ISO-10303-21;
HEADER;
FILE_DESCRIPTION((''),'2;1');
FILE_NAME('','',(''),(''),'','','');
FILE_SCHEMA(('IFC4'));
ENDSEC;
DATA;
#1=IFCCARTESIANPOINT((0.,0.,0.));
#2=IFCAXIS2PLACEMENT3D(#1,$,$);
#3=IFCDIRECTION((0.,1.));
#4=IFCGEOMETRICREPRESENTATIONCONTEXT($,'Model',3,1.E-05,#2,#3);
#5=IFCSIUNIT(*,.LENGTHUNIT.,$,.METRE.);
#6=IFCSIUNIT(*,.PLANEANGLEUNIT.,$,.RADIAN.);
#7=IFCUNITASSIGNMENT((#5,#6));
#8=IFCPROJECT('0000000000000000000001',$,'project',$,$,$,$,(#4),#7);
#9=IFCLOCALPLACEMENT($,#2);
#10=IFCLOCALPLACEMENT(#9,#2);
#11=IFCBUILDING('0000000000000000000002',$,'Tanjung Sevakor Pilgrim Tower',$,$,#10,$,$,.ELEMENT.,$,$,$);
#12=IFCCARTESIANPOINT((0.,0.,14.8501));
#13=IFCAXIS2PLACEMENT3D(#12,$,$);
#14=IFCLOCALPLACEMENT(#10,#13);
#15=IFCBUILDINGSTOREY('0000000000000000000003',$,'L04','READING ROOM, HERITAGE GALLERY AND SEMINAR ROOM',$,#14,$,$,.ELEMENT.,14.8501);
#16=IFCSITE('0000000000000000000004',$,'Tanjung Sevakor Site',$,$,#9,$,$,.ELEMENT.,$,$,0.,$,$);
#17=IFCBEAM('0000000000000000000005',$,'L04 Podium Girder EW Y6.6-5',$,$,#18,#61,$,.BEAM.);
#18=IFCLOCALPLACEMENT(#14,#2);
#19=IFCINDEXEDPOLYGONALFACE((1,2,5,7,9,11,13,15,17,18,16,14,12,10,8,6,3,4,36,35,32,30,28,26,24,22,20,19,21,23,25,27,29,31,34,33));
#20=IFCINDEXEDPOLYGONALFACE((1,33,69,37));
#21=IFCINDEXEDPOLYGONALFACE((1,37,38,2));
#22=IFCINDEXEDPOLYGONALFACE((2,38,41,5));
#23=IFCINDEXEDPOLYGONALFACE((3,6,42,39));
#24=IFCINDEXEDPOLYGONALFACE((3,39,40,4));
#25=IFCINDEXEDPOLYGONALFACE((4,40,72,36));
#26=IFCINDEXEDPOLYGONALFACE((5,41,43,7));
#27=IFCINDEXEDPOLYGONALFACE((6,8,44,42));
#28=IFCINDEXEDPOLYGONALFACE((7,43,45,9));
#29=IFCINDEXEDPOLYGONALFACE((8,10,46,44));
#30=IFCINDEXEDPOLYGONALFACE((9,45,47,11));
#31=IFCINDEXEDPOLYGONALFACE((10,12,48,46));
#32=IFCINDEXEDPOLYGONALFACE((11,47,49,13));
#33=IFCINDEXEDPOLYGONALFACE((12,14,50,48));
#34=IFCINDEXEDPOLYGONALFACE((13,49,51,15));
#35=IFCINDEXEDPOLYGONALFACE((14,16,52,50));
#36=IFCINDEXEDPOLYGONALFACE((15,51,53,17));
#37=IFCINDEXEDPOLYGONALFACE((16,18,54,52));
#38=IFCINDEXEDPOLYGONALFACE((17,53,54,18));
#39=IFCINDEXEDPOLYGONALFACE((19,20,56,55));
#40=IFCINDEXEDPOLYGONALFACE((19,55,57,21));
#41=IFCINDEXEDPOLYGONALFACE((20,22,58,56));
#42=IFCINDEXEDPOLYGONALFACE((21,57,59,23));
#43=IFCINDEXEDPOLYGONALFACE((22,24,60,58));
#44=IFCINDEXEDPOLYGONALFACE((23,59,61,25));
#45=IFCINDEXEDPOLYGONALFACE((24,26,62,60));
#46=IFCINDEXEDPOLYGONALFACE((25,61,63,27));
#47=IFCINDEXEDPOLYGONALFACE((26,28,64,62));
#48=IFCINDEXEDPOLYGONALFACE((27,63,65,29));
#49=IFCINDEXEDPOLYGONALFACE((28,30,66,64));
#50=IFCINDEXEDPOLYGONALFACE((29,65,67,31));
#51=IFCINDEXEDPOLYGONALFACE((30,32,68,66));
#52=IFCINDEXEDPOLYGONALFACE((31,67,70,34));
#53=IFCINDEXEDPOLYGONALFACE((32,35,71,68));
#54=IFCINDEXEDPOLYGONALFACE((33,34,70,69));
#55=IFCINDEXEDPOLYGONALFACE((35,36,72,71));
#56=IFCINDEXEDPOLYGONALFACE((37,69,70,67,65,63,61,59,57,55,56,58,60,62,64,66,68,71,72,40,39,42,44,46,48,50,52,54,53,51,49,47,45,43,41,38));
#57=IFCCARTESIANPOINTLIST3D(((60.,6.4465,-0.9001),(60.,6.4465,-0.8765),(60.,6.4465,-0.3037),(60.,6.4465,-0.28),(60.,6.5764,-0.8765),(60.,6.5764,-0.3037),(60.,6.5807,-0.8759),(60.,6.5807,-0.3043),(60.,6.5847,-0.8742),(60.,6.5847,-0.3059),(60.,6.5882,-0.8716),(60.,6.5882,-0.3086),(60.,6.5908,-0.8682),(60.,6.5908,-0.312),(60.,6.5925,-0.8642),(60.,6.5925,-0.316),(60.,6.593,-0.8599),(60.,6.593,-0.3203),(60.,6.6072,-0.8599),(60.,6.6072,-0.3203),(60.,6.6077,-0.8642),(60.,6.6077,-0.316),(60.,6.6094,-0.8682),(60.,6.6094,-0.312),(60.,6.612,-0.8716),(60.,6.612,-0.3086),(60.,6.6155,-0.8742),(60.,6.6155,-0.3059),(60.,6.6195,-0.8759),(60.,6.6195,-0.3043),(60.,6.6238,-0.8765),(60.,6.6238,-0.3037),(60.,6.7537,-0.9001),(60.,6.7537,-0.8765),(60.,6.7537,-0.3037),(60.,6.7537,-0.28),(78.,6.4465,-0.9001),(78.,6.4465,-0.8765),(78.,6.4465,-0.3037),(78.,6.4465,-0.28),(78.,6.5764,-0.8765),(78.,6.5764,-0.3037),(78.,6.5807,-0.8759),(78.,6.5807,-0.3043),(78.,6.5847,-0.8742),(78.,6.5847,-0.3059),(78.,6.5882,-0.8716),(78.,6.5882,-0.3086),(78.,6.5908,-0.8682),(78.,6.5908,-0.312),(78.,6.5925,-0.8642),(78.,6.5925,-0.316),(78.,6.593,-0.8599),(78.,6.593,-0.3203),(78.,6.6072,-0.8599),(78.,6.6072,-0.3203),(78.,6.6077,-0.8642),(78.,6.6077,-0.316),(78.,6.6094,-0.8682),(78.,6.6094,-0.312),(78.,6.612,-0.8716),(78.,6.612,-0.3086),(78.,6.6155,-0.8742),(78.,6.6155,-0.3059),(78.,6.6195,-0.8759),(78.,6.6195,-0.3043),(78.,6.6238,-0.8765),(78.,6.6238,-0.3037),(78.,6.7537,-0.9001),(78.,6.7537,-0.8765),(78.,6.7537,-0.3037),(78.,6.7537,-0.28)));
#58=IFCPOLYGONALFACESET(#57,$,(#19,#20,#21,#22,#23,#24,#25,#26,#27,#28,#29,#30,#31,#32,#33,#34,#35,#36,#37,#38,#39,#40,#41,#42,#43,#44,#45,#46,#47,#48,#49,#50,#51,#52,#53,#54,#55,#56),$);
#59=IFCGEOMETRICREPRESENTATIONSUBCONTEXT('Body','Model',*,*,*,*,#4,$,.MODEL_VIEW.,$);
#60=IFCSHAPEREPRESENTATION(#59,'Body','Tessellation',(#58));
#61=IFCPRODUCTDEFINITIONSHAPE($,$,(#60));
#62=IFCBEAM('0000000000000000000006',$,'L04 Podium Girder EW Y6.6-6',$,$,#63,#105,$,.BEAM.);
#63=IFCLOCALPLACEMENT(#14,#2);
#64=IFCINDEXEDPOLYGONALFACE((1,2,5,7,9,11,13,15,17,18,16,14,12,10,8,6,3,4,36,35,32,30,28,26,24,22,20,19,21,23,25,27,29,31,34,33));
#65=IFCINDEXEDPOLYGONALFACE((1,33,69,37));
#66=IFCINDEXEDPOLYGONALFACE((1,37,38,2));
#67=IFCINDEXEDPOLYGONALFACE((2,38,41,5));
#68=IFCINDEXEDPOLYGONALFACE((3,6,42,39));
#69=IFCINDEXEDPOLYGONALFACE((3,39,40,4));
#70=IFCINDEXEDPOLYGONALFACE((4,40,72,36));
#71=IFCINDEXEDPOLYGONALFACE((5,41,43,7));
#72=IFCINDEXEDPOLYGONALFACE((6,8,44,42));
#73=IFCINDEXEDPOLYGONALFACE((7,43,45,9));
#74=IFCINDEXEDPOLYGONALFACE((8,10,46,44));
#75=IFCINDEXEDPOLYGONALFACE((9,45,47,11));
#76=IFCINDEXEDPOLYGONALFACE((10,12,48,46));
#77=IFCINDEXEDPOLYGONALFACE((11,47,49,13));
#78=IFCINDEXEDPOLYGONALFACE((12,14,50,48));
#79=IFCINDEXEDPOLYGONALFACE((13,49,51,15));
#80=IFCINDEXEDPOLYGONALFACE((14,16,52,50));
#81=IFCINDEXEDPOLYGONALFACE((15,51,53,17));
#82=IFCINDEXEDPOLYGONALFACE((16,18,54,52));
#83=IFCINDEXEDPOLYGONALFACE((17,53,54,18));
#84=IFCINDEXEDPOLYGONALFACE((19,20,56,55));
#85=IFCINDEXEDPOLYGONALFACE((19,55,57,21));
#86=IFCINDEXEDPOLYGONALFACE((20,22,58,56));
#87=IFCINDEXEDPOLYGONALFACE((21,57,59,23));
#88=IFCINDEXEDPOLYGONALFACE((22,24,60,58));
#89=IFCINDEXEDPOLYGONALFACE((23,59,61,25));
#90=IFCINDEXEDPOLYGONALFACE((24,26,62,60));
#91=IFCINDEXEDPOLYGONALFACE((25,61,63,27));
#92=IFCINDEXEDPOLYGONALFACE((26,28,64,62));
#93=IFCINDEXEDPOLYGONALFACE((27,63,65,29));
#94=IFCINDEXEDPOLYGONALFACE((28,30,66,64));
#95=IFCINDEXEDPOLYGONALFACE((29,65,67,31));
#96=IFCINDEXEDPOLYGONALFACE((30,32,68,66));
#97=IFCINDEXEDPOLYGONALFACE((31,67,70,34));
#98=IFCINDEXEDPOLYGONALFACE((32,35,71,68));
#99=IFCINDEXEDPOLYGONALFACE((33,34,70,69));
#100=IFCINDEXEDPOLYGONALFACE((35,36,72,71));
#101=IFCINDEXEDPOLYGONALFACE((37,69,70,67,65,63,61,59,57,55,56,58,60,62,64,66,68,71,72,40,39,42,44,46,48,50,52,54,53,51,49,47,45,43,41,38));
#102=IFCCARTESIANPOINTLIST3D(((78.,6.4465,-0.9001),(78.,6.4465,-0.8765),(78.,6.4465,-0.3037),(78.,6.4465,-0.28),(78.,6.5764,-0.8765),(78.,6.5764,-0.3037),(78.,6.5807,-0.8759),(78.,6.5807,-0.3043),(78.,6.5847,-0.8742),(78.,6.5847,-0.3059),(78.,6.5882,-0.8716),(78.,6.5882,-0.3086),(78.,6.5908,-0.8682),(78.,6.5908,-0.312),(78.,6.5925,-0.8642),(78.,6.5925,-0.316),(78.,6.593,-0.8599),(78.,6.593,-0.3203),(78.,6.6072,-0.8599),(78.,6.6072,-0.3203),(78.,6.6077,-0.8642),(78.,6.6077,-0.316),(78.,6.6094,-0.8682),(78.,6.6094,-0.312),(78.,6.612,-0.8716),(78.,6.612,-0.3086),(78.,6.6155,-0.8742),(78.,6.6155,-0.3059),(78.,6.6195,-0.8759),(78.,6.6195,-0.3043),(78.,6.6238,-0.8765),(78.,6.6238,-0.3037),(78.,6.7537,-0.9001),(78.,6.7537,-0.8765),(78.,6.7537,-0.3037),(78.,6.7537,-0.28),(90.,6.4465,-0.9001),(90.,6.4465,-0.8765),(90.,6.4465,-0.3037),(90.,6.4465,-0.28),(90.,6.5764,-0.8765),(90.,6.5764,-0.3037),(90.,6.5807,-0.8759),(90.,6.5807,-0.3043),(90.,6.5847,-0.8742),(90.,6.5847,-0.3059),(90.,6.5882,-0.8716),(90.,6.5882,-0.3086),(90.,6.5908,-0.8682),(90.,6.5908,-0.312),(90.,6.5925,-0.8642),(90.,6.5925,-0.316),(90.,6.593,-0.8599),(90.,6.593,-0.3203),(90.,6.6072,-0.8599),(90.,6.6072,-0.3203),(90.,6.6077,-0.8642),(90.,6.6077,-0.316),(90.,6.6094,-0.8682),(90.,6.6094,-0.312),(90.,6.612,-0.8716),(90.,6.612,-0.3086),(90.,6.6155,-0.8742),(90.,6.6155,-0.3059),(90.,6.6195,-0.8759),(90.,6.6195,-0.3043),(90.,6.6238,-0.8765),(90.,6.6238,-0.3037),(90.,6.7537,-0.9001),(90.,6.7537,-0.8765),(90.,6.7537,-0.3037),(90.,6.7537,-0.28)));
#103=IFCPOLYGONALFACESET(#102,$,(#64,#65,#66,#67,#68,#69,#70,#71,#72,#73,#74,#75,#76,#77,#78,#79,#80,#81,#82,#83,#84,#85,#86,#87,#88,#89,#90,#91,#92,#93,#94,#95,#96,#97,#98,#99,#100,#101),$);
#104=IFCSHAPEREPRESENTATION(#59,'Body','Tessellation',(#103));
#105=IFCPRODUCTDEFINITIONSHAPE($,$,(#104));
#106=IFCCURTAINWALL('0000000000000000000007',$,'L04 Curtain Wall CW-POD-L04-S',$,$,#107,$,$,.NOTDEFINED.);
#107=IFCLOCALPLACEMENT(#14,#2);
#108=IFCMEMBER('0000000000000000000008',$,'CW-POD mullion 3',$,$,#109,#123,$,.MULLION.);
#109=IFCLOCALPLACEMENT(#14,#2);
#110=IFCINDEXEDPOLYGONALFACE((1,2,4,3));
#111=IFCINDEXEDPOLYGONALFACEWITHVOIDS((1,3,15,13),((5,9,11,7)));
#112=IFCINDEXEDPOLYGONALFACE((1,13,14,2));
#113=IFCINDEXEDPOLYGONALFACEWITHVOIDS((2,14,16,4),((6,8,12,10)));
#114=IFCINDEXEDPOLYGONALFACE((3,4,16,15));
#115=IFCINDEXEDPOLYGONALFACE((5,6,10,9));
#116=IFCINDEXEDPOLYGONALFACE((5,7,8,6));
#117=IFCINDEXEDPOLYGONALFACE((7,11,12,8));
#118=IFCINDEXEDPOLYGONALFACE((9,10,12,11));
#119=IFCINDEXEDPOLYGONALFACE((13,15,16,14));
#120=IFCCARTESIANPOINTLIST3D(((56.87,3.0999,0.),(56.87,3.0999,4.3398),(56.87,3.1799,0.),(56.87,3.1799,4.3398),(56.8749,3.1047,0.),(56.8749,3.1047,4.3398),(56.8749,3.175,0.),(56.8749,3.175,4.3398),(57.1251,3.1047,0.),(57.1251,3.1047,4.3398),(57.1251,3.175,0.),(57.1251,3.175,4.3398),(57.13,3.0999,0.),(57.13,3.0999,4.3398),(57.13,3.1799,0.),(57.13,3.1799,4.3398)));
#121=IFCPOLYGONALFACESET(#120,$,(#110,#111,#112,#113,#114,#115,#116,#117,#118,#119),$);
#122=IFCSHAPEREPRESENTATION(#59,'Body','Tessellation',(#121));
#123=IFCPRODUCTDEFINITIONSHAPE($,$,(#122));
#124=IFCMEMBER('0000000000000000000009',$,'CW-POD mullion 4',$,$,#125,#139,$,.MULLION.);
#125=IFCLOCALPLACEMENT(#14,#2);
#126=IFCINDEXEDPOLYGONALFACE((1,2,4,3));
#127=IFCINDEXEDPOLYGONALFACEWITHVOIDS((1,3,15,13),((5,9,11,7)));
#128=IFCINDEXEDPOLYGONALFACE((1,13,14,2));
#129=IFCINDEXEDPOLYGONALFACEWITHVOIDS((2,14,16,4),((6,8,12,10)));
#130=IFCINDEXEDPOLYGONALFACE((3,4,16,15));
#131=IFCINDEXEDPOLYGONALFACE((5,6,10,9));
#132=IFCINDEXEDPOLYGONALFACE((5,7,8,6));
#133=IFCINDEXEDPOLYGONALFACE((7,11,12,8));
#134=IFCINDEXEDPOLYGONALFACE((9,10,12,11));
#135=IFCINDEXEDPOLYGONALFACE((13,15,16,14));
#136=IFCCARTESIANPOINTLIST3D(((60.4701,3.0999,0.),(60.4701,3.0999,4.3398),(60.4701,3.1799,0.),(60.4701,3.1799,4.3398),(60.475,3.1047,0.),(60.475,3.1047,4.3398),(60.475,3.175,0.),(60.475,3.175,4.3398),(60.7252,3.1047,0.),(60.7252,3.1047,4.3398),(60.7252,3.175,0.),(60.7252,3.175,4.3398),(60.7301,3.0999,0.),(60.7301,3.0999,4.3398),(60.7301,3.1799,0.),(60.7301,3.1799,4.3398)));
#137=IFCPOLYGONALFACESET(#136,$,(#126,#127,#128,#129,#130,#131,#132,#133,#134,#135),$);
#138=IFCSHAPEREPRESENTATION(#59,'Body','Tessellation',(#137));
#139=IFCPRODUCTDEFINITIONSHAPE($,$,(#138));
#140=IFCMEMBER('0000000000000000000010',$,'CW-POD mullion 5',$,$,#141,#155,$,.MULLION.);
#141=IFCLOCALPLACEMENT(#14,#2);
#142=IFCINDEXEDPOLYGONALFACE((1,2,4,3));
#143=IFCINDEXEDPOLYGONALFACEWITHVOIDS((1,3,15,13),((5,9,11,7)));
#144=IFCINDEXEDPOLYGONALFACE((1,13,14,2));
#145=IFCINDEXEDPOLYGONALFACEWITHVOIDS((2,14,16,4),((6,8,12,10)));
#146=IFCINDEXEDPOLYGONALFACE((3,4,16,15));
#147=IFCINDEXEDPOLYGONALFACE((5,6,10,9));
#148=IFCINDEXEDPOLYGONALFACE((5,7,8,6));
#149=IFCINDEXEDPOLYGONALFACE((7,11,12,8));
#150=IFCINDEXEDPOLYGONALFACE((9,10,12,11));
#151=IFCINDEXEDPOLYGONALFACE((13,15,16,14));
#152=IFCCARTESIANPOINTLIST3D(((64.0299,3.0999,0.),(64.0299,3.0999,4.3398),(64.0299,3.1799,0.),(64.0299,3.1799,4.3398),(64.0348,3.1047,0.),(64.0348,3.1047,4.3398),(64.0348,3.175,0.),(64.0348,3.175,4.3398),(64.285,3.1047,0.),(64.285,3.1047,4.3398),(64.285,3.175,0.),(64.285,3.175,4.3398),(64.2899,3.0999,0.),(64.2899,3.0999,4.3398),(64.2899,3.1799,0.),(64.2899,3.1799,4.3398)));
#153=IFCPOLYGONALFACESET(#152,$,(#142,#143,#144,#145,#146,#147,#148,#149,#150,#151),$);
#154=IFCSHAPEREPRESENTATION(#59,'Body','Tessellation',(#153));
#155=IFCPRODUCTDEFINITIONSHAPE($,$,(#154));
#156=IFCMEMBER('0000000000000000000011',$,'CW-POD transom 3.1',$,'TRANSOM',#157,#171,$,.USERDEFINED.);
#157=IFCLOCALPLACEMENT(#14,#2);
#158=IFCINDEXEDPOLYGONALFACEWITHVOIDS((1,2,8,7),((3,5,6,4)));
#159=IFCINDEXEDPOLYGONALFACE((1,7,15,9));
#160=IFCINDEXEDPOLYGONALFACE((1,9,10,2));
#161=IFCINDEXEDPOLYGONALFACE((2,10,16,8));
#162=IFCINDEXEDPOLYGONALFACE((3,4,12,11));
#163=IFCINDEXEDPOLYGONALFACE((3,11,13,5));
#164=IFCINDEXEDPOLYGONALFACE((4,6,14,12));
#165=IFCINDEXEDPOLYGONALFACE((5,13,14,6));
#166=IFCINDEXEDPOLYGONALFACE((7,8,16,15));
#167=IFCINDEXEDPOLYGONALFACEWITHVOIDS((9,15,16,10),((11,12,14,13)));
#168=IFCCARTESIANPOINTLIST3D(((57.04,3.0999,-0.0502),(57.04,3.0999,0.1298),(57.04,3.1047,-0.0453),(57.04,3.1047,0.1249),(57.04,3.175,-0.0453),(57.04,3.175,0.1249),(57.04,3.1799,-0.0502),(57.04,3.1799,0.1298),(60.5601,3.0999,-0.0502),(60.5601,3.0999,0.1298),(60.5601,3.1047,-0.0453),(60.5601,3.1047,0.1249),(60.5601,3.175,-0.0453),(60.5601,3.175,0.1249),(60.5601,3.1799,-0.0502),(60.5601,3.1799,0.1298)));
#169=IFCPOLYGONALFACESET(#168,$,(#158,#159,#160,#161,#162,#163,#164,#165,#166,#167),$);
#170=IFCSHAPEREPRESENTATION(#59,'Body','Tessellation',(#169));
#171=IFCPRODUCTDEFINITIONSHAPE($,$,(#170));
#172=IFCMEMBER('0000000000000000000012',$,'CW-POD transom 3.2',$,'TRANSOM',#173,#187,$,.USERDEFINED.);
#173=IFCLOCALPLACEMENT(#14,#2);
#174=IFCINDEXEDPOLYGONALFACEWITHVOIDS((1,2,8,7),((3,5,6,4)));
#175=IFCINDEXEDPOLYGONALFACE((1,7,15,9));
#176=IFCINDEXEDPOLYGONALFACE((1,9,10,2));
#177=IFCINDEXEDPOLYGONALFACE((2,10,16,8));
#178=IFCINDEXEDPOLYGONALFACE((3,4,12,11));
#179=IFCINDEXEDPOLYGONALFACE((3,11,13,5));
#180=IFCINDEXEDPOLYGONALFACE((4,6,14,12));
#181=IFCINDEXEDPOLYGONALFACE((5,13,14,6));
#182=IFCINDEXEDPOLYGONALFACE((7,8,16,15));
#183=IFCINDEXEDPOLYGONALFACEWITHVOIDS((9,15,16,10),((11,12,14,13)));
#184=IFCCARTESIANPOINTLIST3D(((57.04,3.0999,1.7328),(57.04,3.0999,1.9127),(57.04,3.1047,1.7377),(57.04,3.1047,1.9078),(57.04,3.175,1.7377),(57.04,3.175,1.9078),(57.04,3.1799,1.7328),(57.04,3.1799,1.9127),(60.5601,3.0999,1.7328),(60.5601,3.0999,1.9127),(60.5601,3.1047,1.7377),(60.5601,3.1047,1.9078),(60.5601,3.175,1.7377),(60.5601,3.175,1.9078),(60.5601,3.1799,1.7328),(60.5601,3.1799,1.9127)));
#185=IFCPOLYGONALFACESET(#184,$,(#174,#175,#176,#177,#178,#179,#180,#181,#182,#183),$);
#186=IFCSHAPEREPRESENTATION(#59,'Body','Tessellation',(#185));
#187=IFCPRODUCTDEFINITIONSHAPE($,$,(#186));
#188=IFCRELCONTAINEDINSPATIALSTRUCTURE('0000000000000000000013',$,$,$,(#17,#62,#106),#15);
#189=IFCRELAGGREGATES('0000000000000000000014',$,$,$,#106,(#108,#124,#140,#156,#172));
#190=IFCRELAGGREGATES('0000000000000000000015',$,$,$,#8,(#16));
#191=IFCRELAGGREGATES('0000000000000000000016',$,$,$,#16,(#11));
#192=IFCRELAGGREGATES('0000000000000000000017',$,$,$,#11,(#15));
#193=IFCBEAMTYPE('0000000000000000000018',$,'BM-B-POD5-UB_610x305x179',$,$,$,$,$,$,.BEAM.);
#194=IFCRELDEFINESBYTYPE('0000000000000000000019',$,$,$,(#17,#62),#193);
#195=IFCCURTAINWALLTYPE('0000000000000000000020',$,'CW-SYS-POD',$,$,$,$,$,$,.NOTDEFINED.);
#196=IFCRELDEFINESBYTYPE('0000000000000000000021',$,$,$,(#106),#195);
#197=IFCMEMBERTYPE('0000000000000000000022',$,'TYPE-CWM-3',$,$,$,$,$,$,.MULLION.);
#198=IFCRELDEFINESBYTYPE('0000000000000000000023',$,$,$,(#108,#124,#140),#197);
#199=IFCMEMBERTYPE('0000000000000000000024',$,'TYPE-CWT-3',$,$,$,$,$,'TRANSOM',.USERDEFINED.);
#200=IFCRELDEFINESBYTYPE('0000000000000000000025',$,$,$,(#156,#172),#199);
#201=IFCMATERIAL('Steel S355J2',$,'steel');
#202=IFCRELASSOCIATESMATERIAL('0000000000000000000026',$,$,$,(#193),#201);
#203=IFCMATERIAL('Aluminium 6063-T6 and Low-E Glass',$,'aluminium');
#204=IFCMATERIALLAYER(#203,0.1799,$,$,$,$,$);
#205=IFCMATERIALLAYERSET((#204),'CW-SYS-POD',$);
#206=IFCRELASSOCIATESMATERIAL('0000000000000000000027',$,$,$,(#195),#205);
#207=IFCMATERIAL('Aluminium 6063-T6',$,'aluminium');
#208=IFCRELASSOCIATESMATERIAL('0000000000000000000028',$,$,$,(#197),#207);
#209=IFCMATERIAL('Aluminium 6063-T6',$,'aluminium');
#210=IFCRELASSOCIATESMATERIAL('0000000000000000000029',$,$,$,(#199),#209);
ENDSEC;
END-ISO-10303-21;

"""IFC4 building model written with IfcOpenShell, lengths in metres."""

from ifc_helpers import new_model, si_unit, direction, frame, origin, origin_2d, place, context, subcontext, project, spatial, hollow_rectangle, i_section, extrude, material, layer, layer_set, material_profile, profile_set, type_object, element, aggregate, save


model = new_model("IFC4")

# Units and contexts
model_context = context("Model", 3, precision=1e-05, world=origin(), true_north=direction((0.0, 1.0)))
body_context = subcontext(model_context, "Body", "Model", "MODEL_VIEW")
ifc_project = project(units=[si_unit("LENGTHUNIT", "METRE"), si_unit("PLANEANGLEUNIT", "RADIAN")], contexts=[model_context])

# Site, building, storey
site_placement = place(None, origin())
site = spatial("IfcSite", under=ifc_project, at=site_placement, Name="Tanjung Sevakor Site", CompositionType="ELEMENT", RefElevation=0.0)
building_placement = place(site_placement, origin())
building = spatial("IfcBuilding", under=site, at=building_placement, Name="Tanjung Sevakor Pilgrim Tower", CompositionType="ELEMENT")
storey_placement = place(building_placement, frame((0.0, 0.0, 14.8501)))
storey = spatial("IfcBuildingStorey", under=building, at=storey_placement, Name="L04", Description="READING ROOM, HERITAGE GALLERY AND SEMINAR ROOM", CompositionType="ELEMENT", Elevation=14.8501)

# Beams
ifc_material_1 = material(Name="Steel S355J2", Category="steel")
ifc_material_profile_1 = material_profile(ifc_material_1, i_section(OverallWidth=0.3071, OverallDepth=0.6201, WebThickness=0.0142, FlangeThickness=0.0237, FilletRadius=0.0166, at=origin_2d()))
ifc_profile_set_1 = profile_set([ifc_material_profile_1], Name="Steel S355J2")
beam_type_1 = type_object("IfcBeamType", Name="BM-B-POD5-UB_610x305x179", PredefinedType="BEAM", material=ifc_profile_set_1)
beam_1_placement = place(storey_placement, frame((60.0, 6.6001, -0.5901), z_axis=(1.0, 0.0, 0.0), x_axis=(0.0, 1.0, 0.0)))
element("IfcBeam", 1, at=beam_1_placement, inside=storey, type_object=beam_type_1, Name="L04 Podium Girder EW Y6.6-5", PredefinedType="BEAM", context=body_context, shape_type="SweptSolid", body=[
    extrude(i_section(OverallWidth=0.3071, OverallDepth=0.6201, WebThickness=0.0142, FlangeThickness=0.0237, FilletRadius=0.0166, at=origin_2d()), origin(), (0.0, 0.0, 1.0), 18.0),
])
beam_2_placement = place(storey_placement, frame((78.0, 6.6001, -0.5901), z_axis=(1.0, 0.0, 0.0), x_axis=(0.0, 1.0, 0.0)))
element("IfcBeam", 2, at=beam_2_placement, inside=storey, type_object=beam_type_1, Name="L04 Podium Girder EW Y6.6-6", PredefinedType="BEAM", context=body_context, shape_type="SweptSolid", body=[
    extrude(i_section(OverallWidth=0.3071, OverallDepth=0.6201, WebThickness=0.0142, FlangeThickness=0.0237, FilletRadius=0.0166, at=origin_2d()), origin(), (0.0, 0.0, 1.0), 12.0),
])

# Curtain wall, members
ifc_material_2 = material(Name="Aluminium 6063-T6 and Low-E Glass", Category="aluminium")
ifc_layer_1 = layer(ifc_material_2, 0.1799)
ifc_layer_set_1 = layer_set([ifc_layer_1], Name="CW-SYS-POD")
curtain_wall_type = type_object("IfcCurtainWallType", Name="CW-SYS-POD", PredefinedType="NOTDEFINED", material=ifc_layer_set_1)
curtain_wall_placement = place(storey_placement, origin())
curtain_wall = element("IfcCurtainWall", 3, at=curtain_wall_placement, inside=storey, type_object=curtain_wall_type, Name="L04 Curtain Wall CW-POD-L04-S", PredefinedType="NOTDEFINED")
ifc_material_3 = material(Name="Aluminium 6063-T6", Category="aluminium")
ifc_material_profile_2 = material_profile(ifc_material_3, hollow_rectangle(XDim=0.0801, YDim=0.26, WallThickness=0.0049, at=origin_2d()))
ifc_profile_set_2 = profile_set([ifc_material_profile_2], Name="Aluminium 6063-T6")
member_type_1 = type_object("IfcMemberType", Name="TYPE-CWM-3", PredefinedType="MULLION", material=ifc_profile_set_2)
member_1_placement = place(storey_placement, frame((57.0, 3.1399, 0.0), z_axis=(0.0, 0.0, 1.0), x_axis=(0.0, 1.0, 0.0)))
member_1 = element("IfcMember", 4, at=member_1_placement, type_object=member_type_1, Name="CW-POD mullion 3", PredefinedType="MULLION", context=body_context, shape_type="SweptSolid", body=[
    extrude(hollow_rectangle(XDim=0.0801, YDim=0.26, WallThickness=0.0049, at=origin_2d()), origin(), (0.0, 0.0, 1.0), 4.3398),
])
member_2_placement = place(storey_placement, frame((60.6001, 3.1399, 0.0), z_axis=(0.0, 0.0, 1.0), x_axis=(0.0, 1.0, 0.0)))
member_2 = element("IfcMember", 5, at=member_2_placement, type_object=member_type_1, Name="CW-POD mullion 4", PredefinedType="MULLION", context=body_context, shape_type="SweptSolid", body=[
    extrude(hollow_rectangle(XDim=0.0801, YDim=0.26, WallThickness=0.0049, at=origin_2d()), origin(), (0.0, 0.0, 1.0), 4.3398),
])
member_3_placement = place(storey_placement, frame((64.1599, 3.1399, 0.0), z_axis=(0.0, 0.0, 1.0), x_axis=(0.0, 1.0, 0.0)))
member_3 = element("IfcMember", 6, at=member_3_placement, type_object=member_type_1, Name="CW-POD mullion 5", PredefinedType="MULLION", context=body_context, shape_type="SweptSolid", body=[
    extrude(hollow_rectangle(XDim=0.0801, YDim=0.26, WallThickness=0.0049, at=origin_2d()), origin(), (0.0, 0.0, 1.0), 4.3398),
])
ifc_material_4 = material(Name="Aluminium 6063-T6", Category="aluminium")
ifc_material_profile_3 = material_profile(ifc_material_4, hollow_rectangle(XDim=0.0801, YDim=0.1799, WallThickness=0.0049, at=origin_2d()))
ifc_profile_set_3 = profile_set([ifc_material_profile_3], Name="Aluminium 6063-T6")
member_type_2 = type_object("IfcMemberType", Name="TYPE-CWT-3", ElementType="TRANSOM", PredefinedType="USERDEFINED", material=ifc_profile_set_3)
member_4_placement = place(storey_placement, frame((57.04, 3.1399, 0.0398), z_axis=(1.0, 0.0, 0.0), x_axis=(0.0, 1.0, 0.0)))
member_4 = element("IfcMember", 7, at=member_4_placement, type_object=member_type_2, Name="CW-POD transom 3.1", ObjectType="TRANSOM", PredefinedType="USERDEFINED", context=body_context, shape_type="SweptSolid", body=[
    extrude(hollow_rectangle(XDim=0.0801, YDim=0.1799, WallThickness=0.0049, at=origin_2d()), origin(), (0.0, 0.0, 1.0), 3.52),
])
member_5_placement = place(storey_placement, frame((57.04, 3.1399, 1.8228), z_axis=(1.0, 0.0, 0.0), x_axis=(0.0, 1.0, 0.0)))
member_5 = element("IfcMember", 8, at=member_5_placement, type_object=member_type_2, Name="CW-POD transom 3.2", ObjectType="TRANSOM", PredefinedType="USERDEFINED", context=body_context, shape_type="SweptSolid", body=[
    extrude(hollow_rectangle(XDim=0.0801, YDim=0.1799, WallThickness=0.0049, at=origin_2d()), origin(), (0.0, 0.0, 1.0), 3.52),
])
aggregate(curtain_wall, [member_1, member_2, member_3, member_4, member_5])

save(model, "model.ifc")
